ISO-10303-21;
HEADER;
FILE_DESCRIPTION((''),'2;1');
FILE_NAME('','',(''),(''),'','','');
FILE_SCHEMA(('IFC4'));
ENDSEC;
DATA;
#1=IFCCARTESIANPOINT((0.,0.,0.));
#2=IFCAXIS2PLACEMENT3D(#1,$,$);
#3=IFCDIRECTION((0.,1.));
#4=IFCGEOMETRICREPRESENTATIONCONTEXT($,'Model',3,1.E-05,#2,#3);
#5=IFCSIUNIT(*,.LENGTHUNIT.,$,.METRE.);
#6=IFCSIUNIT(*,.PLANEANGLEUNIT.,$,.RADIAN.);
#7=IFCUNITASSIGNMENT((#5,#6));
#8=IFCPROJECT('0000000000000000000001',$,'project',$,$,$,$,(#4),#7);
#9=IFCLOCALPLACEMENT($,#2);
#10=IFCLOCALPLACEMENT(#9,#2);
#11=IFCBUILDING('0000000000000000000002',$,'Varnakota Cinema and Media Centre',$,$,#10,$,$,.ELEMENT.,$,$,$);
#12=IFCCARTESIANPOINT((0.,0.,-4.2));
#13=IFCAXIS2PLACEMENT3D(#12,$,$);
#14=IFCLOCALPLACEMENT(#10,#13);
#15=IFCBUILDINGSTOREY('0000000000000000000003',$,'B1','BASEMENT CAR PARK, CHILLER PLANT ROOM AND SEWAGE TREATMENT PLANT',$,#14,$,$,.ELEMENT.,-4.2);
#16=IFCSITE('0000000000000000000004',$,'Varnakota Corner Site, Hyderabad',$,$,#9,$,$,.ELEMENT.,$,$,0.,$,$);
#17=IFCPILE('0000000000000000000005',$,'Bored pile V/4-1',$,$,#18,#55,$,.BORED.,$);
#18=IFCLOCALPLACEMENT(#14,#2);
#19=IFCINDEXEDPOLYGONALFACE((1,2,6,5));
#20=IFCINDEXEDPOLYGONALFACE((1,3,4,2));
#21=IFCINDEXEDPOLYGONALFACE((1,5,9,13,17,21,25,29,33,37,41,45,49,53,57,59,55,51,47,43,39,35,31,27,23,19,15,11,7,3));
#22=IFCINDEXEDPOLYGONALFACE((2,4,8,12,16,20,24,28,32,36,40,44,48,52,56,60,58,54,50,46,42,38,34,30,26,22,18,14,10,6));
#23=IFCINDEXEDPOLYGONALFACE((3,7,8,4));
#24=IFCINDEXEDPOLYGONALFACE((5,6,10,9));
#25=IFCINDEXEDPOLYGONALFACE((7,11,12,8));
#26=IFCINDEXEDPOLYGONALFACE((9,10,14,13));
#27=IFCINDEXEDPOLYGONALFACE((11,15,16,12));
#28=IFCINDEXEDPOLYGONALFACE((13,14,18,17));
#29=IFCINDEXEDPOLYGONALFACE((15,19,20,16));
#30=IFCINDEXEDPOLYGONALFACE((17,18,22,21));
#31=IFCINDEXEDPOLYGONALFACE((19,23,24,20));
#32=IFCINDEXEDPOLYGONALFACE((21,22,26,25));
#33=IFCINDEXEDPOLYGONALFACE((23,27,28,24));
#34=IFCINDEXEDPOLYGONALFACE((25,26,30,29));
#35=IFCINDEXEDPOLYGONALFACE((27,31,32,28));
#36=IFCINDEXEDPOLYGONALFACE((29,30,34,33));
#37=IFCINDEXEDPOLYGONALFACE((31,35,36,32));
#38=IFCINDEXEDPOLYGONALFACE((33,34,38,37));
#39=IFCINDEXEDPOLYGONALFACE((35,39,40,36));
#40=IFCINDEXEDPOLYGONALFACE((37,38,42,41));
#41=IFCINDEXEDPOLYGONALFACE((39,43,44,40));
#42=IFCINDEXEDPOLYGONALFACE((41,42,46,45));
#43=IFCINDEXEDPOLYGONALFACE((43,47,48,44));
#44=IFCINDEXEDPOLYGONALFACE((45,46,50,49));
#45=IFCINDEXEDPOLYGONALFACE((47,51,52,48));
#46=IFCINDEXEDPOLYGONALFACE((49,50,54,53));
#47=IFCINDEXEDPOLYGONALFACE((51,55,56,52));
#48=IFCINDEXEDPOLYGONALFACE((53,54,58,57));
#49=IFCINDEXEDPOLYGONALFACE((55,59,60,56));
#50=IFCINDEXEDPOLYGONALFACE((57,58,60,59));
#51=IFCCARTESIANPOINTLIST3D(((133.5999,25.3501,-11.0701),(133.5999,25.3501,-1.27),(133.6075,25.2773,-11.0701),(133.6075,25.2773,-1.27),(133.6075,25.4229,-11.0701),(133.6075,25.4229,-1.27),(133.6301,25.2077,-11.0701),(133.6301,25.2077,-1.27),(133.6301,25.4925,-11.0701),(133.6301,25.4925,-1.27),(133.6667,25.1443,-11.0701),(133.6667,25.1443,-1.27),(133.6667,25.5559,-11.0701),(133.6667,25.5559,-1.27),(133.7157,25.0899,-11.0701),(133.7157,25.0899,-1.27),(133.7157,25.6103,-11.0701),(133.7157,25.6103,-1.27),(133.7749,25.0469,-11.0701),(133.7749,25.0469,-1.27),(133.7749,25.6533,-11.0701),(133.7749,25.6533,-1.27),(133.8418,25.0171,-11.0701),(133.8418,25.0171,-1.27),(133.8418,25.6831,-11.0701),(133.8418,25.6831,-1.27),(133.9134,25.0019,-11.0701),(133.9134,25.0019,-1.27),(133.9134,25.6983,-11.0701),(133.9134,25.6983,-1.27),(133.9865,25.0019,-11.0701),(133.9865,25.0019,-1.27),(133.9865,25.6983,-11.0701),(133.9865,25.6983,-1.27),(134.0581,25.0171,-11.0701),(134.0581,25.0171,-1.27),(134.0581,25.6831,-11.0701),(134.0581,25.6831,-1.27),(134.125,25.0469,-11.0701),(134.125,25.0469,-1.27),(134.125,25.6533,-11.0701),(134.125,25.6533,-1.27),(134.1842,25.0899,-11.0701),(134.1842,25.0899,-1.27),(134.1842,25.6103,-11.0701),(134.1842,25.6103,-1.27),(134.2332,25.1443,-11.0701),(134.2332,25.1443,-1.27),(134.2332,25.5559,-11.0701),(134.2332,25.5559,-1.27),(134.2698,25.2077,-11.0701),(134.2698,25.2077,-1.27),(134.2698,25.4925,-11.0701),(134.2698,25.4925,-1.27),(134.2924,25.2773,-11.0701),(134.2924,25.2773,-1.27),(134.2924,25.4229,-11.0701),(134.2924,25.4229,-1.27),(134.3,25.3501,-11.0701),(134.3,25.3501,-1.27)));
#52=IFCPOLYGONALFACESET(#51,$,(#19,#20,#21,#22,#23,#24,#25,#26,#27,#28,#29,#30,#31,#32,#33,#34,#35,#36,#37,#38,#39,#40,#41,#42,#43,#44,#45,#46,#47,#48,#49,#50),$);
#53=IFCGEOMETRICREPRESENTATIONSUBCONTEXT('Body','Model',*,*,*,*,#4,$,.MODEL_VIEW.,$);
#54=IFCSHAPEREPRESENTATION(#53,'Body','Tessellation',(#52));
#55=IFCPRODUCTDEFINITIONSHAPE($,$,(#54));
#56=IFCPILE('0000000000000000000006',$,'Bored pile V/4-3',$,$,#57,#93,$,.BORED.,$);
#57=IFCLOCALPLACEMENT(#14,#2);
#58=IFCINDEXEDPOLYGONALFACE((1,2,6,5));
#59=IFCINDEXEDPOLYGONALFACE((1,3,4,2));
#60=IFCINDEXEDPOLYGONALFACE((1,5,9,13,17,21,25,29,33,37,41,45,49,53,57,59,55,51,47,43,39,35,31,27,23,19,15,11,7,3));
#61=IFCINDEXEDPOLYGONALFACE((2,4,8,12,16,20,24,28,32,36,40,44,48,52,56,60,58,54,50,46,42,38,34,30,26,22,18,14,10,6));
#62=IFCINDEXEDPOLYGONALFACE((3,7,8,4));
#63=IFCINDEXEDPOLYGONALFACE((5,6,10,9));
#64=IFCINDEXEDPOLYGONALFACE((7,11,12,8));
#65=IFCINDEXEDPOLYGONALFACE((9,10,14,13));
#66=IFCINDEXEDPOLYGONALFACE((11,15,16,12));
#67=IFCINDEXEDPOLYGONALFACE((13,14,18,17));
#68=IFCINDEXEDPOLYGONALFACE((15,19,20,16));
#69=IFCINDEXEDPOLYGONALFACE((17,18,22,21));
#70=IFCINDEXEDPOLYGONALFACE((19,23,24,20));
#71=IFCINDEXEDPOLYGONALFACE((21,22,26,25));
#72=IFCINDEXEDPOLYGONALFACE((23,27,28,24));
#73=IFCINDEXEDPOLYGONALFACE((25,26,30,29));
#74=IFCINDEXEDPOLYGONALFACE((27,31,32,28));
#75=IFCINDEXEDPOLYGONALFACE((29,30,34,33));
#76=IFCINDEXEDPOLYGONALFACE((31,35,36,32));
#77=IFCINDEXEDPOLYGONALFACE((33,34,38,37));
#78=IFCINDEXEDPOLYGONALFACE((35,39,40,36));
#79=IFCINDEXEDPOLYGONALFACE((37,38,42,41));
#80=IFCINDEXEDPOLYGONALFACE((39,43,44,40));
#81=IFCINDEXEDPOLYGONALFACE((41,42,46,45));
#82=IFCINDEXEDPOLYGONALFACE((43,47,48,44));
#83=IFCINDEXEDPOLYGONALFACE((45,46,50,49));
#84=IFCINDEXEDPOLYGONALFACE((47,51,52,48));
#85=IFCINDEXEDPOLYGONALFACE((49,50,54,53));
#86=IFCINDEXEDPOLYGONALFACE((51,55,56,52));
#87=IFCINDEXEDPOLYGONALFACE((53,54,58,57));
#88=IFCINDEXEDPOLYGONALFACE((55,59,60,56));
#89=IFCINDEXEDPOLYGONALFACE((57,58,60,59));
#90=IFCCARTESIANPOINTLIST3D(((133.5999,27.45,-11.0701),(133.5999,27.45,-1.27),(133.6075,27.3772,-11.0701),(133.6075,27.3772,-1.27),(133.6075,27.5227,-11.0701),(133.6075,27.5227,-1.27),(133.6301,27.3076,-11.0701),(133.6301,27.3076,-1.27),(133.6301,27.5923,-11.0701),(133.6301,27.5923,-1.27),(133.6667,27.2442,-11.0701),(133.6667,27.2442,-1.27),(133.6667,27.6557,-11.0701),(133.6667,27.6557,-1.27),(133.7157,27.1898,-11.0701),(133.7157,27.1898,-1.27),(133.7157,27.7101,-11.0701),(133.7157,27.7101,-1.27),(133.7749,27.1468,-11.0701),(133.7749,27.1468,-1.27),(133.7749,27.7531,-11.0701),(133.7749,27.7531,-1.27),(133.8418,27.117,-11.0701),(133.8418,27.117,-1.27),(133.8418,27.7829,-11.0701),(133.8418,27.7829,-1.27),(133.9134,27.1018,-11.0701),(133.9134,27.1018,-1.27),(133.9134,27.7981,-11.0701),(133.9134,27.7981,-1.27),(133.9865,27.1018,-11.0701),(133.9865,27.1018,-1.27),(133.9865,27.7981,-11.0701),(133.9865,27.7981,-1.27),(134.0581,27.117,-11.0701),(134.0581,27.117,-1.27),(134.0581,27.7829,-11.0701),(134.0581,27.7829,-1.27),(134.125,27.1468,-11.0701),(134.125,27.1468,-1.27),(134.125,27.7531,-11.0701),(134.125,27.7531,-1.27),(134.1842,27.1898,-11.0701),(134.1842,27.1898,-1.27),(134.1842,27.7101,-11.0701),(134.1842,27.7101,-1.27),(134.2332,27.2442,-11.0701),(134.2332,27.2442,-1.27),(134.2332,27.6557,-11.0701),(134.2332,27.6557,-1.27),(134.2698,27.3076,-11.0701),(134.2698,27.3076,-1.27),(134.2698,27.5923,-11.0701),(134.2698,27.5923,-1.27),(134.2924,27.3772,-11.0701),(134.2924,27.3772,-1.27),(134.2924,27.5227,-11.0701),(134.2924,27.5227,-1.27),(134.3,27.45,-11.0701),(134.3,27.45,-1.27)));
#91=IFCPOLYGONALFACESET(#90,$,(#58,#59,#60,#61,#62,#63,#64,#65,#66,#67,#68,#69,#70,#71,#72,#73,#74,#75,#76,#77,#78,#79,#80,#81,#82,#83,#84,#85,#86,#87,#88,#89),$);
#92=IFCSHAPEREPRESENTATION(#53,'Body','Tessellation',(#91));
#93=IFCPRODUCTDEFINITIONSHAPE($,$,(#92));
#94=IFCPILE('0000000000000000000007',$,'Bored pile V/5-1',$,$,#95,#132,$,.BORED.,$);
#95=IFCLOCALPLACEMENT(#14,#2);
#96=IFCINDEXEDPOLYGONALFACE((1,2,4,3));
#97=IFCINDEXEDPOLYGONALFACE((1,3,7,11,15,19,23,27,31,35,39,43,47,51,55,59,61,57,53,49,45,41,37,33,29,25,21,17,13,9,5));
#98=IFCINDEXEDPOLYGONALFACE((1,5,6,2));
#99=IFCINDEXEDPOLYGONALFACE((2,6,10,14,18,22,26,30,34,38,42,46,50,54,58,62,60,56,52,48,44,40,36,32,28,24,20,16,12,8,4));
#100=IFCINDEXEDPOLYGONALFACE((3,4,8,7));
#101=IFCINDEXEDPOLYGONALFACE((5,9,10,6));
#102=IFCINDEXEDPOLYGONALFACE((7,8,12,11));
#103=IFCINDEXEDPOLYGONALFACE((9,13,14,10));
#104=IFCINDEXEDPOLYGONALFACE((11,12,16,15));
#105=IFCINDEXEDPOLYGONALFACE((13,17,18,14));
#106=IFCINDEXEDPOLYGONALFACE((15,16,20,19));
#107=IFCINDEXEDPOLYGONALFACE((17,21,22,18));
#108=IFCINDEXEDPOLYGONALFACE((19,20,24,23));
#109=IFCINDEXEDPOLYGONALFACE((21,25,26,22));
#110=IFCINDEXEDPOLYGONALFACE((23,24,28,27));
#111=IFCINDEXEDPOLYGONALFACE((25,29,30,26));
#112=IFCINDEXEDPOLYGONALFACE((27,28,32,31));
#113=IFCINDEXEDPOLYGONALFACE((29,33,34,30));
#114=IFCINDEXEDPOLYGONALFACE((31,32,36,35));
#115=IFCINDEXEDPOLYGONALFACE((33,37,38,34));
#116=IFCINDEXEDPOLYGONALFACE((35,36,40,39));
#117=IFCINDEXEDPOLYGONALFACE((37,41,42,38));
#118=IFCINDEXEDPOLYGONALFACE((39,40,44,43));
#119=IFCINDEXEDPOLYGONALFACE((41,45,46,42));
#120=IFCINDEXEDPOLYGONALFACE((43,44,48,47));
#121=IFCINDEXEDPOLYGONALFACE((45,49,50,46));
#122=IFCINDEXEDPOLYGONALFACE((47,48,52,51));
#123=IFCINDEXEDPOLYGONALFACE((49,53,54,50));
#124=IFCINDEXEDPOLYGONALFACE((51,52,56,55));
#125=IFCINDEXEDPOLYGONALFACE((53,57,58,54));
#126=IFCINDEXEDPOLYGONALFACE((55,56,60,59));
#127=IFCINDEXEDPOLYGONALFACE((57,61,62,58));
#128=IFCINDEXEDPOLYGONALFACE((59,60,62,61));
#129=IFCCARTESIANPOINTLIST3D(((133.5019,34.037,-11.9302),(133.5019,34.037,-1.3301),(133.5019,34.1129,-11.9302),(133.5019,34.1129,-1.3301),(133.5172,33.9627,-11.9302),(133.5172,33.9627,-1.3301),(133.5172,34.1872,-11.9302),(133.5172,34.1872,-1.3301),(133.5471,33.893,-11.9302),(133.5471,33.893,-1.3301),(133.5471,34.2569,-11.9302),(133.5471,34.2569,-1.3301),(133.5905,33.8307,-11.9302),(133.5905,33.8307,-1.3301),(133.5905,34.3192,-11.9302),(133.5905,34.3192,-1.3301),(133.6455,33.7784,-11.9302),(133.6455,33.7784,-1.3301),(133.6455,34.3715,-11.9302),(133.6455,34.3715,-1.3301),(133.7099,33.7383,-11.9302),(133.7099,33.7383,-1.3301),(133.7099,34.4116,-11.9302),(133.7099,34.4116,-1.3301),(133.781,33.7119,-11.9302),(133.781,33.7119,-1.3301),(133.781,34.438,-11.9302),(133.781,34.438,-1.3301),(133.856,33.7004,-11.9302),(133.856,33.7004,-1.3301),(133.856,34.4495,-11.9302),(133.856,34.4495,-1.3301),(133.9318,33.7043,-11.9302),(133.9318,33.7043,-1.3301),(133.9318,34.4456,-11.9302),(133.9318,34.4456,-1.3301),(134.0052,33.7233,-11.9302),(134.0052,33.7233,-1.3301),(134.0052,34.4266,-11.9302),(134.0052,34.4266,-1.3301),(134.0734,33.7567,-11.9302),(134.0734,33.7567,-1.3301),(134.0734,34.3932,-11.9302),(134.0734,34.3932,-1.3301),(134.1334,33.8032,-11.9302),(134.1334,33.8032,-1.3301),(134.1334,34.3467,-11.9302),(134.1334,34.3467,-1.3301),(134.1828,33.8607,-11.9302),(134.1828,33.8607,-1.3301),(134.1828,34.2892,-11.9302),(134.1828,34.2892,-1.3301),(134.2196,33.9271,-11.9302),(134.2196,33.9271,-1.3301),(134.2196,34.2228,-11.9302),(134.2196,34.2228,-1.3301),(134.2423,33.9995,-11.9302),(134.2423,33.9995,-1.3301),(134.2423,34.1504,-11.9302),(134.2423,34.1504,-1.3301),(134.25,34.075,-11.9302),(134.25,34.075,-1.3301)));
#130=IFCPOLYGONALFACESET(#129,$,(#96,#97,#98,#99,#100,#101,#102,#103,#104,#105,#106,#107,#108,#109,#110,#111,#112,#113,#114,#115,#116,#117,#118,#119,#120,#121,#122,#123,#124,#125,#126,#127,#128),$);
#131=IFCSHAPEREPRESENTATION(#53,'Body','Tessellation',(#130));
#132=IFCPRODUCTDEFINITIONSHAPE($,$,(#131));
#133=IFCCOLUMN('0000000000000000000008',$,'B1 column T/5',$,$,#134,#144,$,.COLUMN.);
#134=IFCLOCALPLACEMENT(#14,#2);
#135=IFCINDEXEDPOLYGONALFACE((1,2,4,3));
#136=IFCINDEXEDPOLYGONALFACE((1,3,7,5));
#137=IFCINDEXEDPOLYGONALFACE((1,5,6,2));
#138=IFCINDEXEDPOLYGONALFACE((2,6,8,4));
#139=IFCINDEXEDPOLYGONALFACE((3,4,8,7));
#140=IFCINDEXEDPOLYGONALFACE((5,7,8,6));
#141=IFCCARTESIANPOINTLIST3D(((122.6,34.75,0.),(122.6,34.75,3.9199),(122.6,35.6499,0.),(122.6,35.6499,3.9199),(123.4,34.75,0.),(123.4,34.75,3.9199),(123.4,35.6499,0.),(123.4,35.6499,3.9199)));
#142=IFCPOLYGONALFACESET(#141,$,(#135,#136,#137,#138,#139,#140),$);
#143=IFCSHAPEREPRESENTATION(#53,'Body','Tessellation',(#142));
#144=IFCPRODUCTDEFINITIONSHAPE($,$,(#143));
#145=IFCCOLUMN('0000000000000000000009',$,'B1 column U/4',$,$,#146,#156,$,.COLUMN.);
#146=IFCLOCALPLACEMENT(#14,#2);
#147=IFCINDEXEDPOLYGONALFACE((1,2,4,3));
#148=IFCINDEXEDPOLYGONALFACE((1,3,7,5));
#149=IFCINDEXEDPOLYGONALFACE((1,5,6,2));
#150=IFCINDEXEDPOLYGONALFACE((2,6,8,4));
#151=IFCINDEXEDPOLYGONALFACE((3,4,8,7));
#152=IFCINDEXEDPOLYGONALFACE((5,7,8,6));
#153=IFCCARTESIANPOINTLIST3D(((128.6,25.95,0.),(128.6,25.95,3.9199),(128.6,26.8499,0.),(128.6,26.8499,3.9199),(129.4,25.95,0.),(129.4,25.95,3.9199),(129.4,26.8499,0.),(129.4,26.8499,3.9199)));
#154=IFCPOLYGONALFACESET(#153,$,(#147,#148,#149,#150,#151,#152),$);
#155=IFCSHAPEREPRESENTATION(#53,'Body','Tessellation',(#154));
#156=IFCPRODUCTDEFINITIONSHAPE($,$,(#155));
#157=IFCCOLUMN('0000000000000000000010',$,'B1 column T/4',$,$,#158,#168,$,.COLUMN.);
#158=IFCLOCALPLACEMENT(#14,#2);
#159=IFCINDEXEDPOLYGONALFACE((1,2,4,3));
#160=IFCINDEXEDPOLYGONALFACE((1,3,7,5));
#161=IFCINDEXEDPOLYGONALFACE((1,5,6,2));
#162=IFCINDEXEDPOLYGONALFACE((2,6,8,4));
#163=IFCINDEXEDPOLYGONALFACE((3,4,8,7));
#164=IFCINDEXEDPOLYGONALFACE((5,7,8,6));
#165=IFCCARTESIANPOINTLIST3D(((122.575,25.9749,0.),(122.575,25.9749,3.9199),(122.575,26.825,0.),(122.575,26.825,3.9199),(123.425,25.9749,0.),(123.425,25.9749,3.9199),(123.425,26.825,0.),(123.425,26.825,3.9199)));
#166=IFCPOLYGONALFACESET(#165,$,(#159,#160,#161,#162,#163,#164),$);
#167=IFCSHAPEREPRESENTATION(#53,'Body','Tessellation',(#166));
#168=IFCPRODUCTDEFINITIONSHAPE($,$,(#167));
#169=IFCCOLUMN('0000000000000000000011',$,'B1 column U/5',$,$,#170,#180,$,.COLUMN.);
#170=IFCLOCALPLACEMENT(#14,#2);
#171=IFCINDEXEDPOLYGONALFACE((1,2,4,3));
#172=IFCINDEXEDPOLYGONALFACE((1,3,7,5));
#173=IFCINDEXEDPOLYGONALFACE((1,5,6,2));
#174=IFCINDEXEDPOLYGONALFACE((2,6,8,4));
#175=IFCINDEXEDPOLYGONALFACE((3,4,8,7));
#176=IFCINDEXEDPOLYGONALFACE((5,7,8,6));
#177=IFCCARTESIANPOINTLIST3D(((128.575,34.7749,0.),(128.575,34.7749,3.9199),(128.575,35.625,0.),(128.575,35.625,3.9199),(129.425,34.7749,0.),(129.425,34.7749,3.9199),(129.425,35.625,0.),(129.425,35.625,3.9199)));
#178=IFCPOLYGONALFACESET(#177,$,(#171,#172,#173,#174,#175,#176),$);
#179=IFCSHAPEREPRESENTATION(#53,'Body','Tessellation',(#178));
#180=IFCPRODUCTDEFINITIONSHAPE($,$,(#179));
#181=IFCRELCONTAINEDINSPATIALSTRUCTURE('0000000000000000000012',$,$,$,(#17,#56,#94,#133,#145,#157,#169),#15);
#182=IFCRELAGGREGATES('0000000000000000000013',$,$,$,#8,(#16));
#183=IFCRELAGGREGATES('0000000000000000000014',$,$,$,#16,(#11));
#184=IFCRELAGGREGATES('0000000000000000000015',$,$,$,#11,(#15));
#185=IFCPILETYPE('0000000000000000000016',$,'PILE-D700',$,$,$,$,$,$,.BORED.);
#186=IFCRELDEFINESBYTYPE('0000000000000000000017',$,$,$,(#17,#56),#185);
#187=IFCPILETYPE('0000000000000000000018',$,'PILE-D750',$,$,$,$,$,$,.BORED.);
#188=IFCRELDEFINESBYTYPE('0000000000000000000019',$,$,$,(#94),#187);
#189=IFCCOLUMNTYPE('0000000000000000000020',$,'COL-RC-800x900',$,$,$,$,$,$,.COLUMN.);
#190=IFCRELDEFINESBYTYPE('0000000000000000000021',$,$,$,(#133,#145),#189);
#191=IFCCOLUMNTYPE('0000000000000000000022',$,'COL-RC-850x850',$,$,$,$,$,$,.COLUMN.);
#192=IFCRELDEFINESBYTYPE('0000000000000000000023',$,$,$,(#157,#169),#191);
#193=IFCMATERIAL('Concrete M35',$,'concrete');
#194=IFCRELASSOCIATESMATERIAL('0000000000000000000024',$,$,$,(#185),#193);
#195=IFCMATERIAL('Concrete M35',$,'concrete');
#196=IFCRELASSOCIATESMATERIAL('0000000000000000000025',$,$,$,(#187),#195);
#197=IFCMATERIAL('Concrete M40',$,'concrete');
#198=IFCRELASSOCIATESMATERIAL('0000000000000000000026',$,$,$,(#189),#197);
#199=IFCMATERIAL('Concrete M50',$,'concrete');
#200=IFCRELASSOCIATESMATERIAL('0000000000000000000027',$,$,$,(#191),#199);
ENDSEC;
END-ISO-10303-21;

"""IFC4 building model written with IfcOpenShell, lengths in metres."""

from ifc_helpers import new_model, si_unit, direction, frame, origin, origin_2d, place, context, subcontext, project, spatial, rectangle, circle, extrude, material, material_profile, profile_set, type_object, element, save


model = new_model("IFC4")

# Units and contexts
model_context = context("Model", 3, precision=1e-05, world=origin(), true_north=direction((0.0, 1.0)))
body_context = subcontext(model_context, "Body", "Model", "MODEL_VIEW")
ifc_project = project(units=[si_unit("LENGTHUNIT", "METRE"), si_unit("PLANEANGLEUNIT", "RADIAN")], contexts=[model_context])

# Site, building, storey
site_placement = place(None, origin())
site = spatial("IfcSite", under=ifc_project, at=site_placement, Name="Varnakota Corner Site, Hyderabad", CompositionType="ELEMENT", RefElevation=0.0)
building_placement = place(site_placement, origin())
building = spatial("IfcBuilding", under=site, at=building_placement, Name="Varnakota Cinema and Media Centre", CompositionType="ELEMENT")
storey_placement = place(building_placement, frame((0.0, 0.0, -4.2)))
storey = spatial("IfcBuildingStorey", under=building, at=storey_placement, Name="B1", Description="BASEMENT CAR PARK, CHILLER PLANT ROOM AND SEWAGE TREATMENT PLANT", CompositionType="ELEMENT", Elevation=-4.2)

# Piles
ifc_material_1 = material(Name="Concrete M35", Category="concrete")
ifc_material_profile_1 = material_profile(ifc_material_1, circle(Radius=0.3501, at=origin_2d()), Name="PILE D700")
ifc_profile_set_1 = profile_set([ifc_material_profile_1], Name="Concrete M35")
pile_type_1 = type_object("IfcPileType", Name="PILE-D700", PredefinedType="BORED", material=ifc_profile_set_1)
for number, where, z_axis, x_axis, name in (
    (1, (133.95, 25.3501, -1.27), (0.0, 0.0, -1.0), (1.0, 0.0, 0.0), "Bored pile V/4-1"),
    (2, (133.95, 27.45, -1.27), (0.0, 0.0, -1.0), (1.0, 0.0, 0.0), "Bored pile V/4-3"),
):
    element("IfcPile", number, at=place(storey_placement, frame(where, z_axis=z_axis, x_axis=x_axis)), inside=storey, type_object=pile_type_1, Name=name, PredefinedType="BORED", context=body_context, shape_type="SweptSolid", body=[
        extrude(circle(Radius=0.3501, at=origin_2d()), origin(), (0.0, 0.0, 1.0), 9.8),
    ])
ifc_material_2 = material(Name="Concrete M35", Category="concrete")
ifc_material_profile_2 = material_profile(ifc_material_2, circle(Radius=0.375, at=origin_2d()), Name="PILE D750")
ifc_profile_set_2 = profile_set([ifc_material_profile_2], Name="Concrete M35")
pile_type_2 = type_object("IfcPileType", Name="PILE-D750", PredefinedType="BORED", material=ifc_profile_set_2)
pile_placement = place(storey_placement, frame((133.875, 34.075, -1.3301), z_axis=(0.0, 0.0, -1.0), x_axis=(1.0, 0.0, 0.0)))
element("IfcPile", 3, at=pile_placement, inside=storey, type_object=pile_type_2, Name="Bored pile V/5-1", PredefinedType="BORED", context=body_context, shape_type="SweptSolid", body=[
    extrude(circle(Radius=0.375, at=origin_2d()), origin(), (0.0, 0.0, 1.0), 10.6001),
])

# Columns
ifc_material_3 = material(Name="Concrete M40", Category="concrete")
ifc_material_profile_3 = material_profile(ifc_material_3, rectangle(XDim=0.8, YDim=0.8999, at=origin_2d()), Name="RC 800x900")
ifc_profile_set_3 = profile_set([ifc_material_profile_3], Name="Concrete M40")
column_type_1 = type_object("IfcColumnType", Name="COL-RC-800x900", PredefinedType="COLUMN", material=ifc_profile_set_3)
for number, where, z_axis, x_axis, name in (
    (4, (123.0, 35.2, 0.0), (0.0, 0.0, 1.0), (1.0, 0.0, 0.0), "B1 column T/5"),
    (5, (129.0, 26.3999, 0.0), (0.0, 0.0, 1.0), (1.0, 0.0, 0.0), "B1 column U/4"),
):
    element("IfcColumn", number, at=place(storey_placement, frame(where, z_axis=z_axis, x_axis=x_axis)), inside=storey, type_object=column_type_1, Name=name, PredefinedType="COLUMN", context=body_context, shape_type="SweptSolid", body=[
        extrude(rectangle(XDim=0.8, YDim=0.8999, at=origin_2d()), origin(), (0.0, 0.0, 1.0), 3.9199),
    ])
ifc_material_4 = material(Name="Concrete M50", Category="concrete")
ifc_material_profile_4 = material_profile(ifc_material_4, rectangle(XDim=0.8501, YDim=0.8501, at=origin_2d()), Name="RC 850x850")
ifc_profile_set_4 = profile_set([ifc_material_profile_4], Name="Concrete M50")
column_type_2 = type_object("IfcColumnType", Name="COL-RC-850x850", PredefinedType="COLUMN", material=ifc_profile_set_4)
for number, where, z_axis, x_axis, name in (
    (6, (123.0, 26.3999, 0.0), (0.0, 0.0, 1.0), (1.0, 0.0, 0.0), "B1 column T/4"),
    (7, (129.0, 35.2, 0.0), (0.0, 0.0, 1.0), (1.0, 0.0, 0.0), "B1 column U/5"),
):
    element("IfcColumn", number, at=place(storey_placement, frame(where, z_axis=z_axis, x_axis=x_axis)), inside=storey, type_object=column_type_2, Name=name, PredefinedType="COLUMN", context=body_context, shape_type="SweptSolid", body=[
        extrude(rectangle(XDim=0.8501, YDim=0.8501, at=origin_2d()), origin(), (0.0, 0.0, 1.0), 3.9199),
    ])

save(model, "model.ifc")
